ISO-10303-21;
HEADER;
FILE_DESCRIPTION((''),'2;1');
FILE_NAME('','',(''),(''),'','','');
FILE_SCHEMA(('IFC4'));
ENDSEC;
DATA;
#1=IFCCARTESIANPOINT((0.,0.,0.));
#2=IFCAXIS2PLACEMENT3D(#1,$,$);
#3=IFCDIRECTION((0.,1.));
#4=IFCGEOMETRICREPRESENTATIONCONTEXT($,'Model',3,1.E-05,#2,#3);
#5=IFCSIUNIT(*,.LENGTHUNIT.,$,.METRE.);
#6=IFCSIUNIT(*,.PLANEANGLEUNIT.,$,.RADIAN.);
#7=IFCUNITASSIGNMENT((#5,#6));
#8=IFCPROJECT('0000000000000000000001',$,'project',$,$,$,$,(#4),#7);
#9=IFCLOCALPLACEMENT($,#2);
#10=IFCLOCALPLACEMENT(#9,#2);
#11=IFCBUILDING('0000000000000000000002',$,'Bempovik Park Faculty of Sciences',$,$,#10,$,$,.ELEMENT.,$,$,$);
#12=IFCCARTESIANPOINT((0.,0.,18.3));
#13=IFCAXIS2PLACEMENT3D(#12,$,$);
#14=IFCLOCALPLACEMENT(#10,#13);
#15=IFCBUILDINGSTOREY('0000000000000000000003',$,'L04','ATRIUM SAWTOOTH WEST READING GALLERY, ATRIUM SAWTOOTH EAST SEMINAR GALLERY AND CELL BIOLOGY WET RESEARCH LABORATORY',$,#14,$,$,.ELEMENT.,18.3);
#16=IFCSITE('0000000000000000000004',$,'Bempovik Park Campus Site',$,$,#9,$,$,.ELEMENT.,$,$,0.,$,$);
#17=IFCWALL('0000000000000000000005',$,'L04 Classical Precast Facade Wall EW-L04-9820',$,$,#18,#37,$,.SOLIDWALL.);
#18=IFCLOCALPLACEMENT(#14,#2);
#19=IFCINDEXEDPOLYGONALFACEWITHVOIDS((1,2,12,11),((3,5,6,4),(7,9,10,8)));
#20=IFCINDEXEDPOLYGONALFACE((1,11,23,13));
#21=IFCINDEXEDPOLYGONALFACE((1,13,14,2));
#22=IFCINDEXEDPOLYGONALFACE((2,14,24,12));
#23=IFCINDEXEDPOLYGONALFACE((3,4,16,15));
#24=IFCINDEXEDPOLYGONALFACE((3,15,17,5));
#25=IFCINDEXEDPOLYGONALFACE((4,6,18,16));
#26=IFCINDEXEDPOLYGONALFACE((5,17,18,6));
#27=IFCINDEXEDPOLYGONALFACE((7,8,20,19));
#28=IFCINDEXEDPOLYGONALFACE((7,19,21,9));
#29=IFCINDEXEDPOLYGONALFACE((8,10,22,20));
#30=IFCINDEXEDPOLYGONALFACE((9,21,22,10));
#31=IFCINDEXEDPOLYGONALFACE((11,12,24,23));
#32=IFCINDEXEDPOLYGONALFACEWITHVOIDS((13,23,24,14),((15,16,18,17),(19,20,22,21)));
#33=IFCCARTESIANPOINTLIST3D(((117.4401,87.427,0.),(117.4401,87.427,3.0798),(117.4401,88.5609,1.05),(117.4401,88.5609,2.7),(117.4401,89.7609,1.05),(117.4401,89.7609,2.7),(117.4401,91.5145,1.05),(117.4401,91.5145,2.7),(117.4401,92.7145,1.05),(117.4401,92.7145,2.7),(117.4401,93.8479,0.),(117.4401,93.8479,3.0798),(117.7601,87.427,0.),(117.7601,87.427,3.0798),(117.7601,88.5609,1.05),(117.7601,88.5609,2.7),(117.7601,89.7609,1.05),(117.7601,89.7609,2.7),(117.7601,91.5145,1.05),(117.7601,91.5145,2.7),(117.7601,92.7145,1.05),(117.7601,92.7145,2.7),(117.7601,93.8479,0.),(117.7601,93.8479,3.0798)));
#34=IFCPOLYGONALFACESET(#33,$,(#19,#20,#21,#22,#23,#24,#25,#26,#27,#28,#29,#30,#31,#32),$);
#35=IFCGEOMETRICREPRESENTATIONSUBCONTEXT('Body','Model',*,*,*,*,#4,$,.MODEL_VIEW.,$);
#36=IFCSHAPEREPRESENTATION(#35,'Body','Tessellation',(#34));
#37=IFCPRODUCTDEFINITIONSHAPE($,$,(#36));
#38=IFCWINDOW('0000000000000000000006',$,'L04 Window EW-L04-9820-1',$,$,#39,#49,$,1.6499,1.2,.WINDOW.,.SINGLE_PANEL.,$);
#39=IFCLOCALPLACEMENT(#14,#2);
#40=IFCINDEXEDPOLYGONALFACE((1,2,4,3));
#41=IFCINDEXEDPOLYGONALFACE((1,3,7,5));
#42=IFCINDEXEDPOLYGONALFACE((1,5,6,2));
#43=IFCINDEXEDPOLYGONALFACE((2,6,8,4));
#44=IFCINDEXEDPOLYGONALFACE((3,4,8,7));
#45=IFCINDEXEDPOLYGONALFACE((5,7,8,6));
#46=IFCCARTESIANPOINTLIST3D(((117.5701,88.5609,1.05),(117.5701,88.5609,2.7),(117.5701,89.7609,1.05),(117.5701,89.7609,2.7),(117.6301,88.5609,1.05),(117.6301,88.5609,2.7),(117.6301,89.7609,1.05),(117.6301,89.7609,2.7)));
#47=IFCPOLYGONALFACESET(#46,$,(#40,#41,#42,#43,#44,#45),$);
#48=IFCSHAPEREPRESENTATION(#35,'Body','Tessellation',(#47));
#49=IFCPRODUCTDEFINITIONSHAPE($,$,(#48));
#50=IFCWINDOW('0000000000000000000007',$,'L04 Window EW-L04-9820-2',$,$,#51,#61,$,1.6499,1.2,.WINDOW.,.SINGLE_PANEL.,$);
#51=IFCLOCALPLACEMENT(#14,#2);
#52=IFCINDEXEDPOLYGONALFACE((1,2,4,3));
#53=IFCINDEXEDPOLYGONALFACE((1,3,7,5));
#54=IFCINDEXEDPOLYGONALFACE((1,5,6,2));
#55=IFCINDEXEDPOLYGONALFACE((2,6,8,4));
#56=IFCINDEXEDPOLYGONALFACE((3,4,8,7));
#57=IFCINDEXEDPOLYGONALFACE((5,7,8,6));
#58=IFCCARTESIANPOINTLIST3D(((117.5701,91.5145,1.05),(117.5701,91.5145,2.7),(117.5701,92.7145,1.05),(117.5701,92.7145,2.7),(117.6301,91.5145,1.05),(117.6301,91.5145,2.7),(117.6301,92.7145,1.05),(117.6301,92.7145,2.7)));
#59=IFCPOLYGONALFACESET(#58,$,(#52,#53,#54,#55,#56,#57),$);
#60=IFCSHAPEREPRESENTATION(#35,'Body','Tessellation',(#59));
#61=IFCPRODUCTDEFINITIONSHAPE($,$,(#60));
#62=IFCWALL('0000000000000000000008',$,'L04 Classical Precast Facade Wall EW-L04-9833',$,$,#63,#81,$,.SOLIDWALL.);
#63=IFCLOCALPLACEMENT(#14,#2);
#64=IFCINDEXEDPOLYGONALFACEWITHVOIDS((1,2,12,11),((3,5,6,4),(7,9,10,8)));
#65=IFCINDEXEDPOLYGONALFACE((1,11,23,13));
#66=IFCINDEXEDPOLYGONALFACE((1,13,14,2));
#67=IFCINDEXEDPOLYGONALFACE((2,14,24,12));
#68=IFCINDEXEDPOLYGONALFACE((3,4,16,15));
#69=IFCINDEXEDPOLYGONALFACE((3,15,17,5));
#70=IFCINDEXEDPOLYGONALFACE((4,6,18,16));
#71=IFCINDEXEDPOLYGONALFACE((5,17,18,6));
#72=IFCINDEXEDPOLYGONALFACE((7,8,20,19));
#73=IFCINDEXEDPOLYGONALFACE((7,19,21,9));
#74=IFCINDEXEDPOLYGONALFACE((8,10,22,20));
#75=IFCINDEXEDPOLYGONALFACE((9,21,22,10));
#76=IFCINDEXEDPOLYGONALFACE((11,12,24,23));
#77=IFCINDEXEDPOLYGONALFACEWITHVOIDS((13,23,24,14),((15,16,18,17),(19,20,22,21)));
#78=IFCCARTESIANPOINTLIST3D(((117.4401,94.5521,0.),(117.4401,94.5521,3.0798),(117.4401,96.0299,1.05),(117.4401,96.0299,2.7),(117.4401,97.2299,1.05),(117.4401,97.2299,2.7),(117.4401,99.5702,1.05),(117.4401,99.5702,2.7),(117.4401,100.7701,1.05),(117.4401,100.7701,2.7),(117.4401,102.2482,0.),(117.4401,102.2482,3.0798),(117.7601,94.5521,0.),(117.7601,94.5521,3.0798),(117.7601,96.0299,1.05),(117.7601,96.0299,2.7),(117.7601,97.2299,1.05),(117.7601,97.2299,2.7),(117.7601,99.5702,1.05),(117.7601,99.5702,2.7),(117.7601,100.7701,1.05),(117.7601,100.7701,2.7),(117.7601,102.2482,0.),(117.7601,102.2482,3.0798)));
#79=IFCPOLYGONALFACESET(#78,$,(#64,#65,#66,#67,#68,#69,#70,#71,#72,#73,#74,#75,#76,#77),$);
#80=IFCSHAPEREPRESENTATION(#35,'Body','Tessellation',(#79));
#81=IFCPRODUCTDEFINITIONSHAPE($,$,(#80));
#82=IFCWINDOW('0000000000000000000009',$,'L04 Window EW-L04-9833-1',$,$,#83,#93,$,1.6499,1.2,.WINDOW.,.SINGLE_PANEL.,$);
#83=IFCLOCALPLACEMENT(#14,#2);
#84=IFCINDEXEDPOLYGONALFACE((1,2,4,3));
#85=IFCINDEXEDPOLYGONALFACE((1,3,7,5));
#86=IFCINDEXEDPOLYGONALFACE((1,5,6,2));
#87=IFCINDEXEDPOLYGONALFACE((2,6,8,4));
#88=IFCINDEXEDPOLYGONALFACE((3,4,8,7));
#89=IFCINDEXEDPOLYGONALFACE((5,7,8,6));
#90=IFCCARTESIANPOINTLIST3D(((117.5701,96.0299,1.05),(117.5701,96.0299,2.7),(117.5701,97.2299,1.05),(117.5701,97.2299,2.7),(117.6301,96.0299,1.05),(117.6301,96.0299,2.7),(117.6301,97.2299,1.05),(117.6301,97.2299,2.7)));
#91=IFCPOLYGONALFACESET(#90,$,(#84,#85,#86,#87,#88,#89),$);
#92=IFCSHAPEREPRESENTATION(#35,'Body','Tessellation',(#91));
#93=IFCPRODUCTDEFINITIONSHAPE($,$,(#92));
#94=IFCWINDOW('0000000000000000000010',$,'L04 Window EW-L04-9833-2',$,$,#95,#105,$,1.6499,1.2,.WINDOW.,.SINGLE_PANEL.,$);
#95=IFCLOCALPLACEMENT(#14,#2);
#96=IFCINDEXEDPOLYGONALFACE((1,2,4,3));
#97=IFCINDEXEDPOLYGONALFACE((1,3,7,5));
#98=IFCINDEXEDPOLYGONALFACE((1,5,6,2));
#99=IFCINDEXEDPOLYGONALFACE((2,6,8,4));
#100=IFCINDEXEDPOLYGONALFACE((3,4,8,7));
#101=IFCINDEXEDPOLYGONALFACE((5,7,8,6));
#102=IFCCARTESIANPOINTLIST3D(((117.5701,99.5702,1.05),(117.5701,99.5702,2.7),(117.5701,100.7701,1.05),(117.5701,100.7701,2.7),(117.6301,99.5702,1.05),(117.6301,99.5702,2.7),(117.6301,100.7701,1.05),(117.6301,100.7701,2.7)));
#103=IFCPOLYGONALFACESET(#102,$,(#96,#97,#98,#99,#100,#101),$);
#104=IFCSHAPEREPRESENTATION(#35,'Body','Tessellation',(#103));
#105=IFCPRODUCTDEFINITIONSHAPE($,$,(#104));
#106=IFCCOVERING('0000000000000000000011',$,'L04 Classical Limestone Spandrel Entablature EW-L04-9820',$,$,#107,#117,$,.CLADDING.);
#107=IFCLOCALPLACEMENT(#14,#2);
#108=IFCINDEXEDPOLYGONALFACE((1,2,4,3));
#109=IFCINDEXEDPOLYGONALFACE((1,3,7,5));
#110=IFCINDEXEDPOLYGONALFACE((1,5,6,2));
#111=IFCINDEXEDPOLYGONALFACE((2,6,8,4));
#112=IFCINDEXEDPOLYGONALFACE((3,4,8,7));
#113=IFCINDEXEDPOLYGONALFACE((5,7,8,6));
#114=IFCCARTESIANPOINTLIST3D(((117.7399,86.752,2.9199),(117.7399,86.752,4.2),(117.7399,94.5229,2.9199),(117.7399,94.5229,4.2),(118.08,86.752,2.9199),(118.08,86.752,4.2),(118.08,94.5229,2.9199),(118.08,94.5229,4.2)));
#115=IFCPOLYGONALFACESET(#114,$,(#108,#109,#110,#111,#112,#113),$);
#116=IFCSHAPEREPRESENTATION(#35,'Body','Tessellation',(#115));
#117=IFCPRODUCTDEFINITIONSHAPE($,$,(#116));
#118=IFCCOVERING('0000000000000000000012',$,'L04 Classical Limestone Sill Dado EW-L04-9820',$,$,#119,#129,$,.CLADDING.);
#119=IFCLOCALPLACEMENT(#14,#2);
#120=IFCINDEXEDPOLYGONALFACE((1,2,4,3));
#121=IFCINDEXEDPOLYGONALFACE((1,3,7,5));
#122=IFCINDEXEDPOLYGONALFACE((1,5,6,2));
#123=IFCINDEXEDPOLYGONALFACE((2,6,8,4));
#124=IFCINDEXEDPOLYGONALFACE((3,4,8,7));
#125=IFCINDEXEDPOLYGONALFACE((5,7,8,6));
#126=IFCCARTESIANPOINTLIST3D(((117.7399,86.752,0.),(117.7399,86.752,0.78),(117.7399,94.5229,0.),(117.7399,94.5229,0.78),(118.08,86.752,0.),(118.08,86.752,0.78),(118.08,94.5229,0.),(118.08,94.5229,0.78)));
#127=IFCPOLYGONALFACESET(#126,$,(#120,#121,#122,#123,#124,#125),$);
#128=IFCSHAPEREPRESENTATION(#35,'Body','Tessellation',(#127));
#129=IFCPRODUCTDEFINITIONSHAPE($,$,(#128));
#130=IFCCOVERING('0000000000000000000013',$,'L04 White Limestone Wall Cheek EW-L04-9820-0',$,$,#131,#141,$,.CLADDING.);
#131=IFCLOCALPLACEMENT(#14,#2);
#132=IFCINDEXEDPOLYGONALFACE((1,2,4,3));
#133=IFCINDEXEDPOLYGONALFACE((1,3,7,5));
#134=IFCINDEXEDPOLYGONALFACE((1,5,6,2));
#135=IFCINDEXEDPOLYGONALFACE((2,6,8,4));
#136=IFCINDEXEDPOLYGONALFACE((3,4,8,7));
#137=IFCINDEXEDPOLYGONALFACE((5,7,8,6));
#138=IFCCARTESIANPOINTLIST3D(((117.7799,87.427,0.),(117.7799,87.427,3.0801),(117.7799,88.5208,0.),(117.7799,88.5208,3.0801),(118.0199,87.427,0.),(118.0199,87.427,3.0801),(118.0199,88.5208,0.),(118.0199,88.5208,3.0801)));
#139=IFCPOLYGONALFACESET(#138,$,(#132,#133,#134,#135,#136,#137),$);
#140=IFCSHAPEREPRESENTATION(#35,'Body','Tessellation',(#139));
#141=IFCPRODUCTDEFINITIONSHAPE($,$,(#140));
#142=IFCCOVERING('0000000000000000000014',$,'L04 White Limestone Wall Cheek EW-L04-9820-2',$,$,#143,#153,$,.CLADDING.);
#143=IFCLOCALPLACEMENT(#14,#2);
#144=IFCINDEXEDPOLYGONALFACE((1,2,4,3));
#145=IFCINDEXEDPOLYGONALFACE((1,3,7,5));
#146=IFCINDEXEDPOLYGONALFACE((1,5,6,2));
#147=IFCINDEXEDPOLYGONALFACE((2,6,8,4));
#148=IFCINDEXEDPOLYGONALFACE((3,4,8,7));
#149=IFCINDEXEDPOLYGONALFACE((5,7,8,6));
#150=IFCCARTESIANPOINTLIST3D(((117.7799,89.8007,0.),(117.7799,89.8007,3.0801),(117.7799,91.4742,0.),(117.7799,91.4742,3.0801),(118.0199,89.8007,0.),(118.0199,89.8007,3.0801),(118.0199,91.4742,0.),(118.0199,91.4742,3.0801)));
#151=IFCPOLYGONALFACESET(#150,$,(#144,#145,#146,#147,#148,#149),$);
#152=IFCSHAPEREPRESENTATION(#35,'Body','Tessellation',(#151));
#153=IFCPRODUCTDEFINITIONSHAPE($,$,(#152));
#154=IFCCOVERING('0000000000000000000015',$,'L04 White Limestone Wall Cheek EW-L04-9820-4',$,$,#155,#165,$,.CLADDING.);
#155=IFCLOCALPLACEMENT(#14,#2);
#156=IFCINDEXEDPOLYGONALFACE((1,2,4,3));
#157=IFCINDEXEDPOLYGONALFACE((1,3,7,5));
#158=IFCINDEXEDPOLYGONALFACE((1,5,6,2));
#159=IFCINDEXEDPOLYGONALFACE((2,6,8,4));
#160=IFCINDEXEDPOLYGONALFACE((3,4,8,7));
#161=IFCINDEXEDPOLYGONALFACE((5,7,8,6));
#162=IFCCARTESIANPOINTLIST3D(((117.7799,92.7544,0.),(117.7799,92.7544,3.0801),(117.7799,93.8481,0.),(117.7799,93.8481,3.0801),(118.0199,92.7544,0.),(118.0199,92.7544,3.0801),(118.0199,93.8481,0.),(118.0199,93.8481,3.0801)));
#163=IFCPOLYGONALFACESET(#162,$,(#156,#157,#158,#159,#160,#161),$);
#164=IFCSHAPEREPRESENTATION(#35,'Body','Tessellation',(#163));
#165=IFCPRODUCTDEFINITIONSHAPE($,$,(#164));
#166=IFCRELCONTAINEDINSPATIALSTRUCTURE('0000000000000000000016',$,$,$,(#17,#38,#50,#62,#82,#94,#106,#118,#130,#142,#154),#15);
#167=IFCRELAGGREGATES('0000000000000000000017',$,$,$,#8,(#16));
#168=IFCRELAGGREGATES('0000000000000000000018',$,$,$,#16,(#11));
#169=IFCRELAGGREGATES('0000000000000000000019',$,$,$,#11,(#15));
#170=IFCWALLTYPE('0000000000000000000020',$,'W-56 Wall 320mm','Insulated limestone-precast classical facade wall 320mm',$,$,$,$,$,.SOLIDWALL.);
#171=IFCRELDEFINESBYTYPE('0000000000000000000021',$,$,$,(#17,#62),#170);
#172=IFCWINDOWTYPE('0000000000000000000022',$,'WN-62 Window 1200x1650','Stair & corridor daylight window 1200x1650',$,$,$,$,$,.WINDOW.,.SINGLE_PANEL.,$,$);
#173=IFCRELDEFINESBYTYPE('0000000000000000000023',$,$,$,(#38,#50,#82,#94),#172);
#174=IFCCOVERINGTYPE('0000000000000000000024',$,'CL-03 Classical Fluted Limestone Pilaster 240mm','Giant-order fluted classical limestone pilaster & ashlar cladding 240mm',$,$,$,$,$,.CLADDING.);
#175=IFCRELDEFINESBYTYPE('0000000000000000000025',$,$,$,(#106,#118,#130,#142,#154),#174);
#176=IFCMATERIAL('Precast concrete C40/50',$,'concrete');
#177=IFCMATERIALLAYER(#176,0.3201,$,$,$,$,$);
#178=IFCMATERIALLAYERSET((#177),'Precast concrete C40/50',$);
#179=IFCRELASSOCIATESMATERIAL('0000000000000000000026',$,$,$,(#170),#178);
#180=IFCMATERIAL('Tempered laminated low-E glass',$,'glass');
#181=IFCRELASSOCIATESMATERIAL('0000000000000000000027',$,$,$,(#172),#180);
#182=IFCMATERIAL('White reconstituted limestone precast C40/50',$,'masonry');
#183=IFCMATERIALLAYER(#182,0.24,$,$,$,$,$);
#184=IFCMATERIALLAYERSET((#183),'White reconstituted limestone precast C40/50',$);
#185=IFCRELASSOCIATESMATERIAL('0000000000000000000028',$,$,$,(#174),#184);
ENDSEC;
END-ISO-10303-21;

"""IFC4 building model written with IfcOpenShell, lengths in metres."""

from ifc_helpers import new_model, si_unit, direction, frame, frame_2d, origin, origin_2d, place, context, subcontext, project, spatial, rectangle, extrude, material, layer, layer_set, type_object, element, fill, save


model = new_model("IFC4")

# Units and contexts
model_context = context("Model", 3, precision=1e-05, world=origin(), true_north=direction((0.0, 1.0)))
body_context = subcontext(model_context, "Body", "Model", "MODEL_VIEW")
ifc_project = project(units=[si_unit("LENGTHUNIT", "METRE"), si_unit("PLANEANGLEUNIT", "RADIAN")], contexts=[model_context])

# Site, building, storey
site_placement = place(None, origin())
site = spatial("IfcSite", under=ifc_project, at=site_placement, Name="Bempovik Park Campus Site", CompositionType="ELEMENT", RefElevation=0.0)
building_placement = place(site_placement, origin())
building = spatial("IfcBuilding", under=site, at=building_placement, Name="Bempovik Park Faculty of Sciences", CompositionType="ELEMENT")
storey_placement = place(building_placement, frame((0.0, 0.0, 18.3)))
storey = spatial("IfcBuildingStorey", under=building, at=storey_placement, Name="L04", Description="ATRIUM SAWTOOTH WEST READING GALLERY, ATRIUM SAWTOOTH EAST SEMINAR GALLERY AND CELL BIOLOGY WET RESEARCH LABORATORY", CompositionType="ELEMENT", Elevation=18.3)

# Walls, openings, windows
ifc_material_1 = material(Name="Precast concrete C40/50", Category="concrete")
ifc_layer_1 = layer(ifc_material_1, 0.3201)
ifc_layer_set_1 = layer_set([ifc_layer_1], Name="Precast concrete C40/50")
wall_type_1 = type_object("IfcWallType", Name="W-56 Wall 320mm", Description="Insulated limestone-precast classical facade wall 320mm", PredefinedType="SOLIDWALL", material=ifc_layer_set_1)
wall_1_placement = place(storey_placement, frame((117.6001, 87.427, 0.0), z_axis=(0.0, 0.0, 1.0), x_axis=(0.0, 1.0, 0.0)))
wall_1 = element("IfcWall", 1, at=wall_1_placement, inside=storey, type_object=wall_type_1, Name="L04 Classical Precast Facade Wall EW-L04-9820", PredefinedType="SOLIDWALL", context=body_context, shape_type="SweptSolid", body=[
    extrude(rectangle(XDim=6.4209, YDim=0.3201, at=frame_2d((3.2104, 0.0))), origin(), (0.0, 0.0, 1.0), 3.0798),
])
opening_1_placement = place(wall_1_placement, frame((1.1338, 0.0, 1.05)))
opening_1 = element("IfcOpeningElement", 2, at=opening_1_placement, cuts=wall_1, PredefinedType="OPENING", context=body_context, shape_type="SweptSolid", body=[
    extrude(rectangle(XDim=1.2, YDim=1.6499, at=frame_2d((0.6001, 0.825))), frame((0.0, 0.1699, 0.0), z_axis=(0.0, -1.0, 0.0), x_axis=(1.0, 0.0, 0.0)), (0.0, 0.0, 1.0), 0.3401),
])
opening_2_placement = place(wall_1_placement, frame((4.0874, 0.0, 1.05)))
opening_2 = element("IfcOpeningElement", 3, at=opening_2_placement, cuts=wall_1, PredefinedType="OPENING", context=body_context, shape_type="SweptSolid", body=[
    extrude(rectangle(XDim=1.2, YDim=1.6499, at=frame_2d((0.6001, 0.825))), frame((0.0, 0.1699, 0.0), z_axis=(0.0, -1.0, 0.0), x_axis=(1.0, 0.0, 0.0)), (0.0, 0.0, 1.0), 0.3401),
])
ifc_material_2 = material(Name="Tempered laminated low-E glass", Category="glass")
window_type = type_object("IfcWindowType", Name="WN-62 Window 1200x1650", Description="Stair & corridor daylight window 1200x1650", PartitioningType="SINGLE_PANEL", PredefinedType="WINDOW", material=ifc_material_2)
window_1_placement = place(opening_1_placement, origin())
window_1 = element("IfcWindow", 4, at=window_1_placement, inside=storey, type_object=window_type, Name="L04 Window EW-L04-9820-1", OverallHeight=1.6499, OverallWidth=1.2, PartitioningType="SINGLE_PANEL", PredefinedType="WINDOW", context=body_context, shape_type="SweptSolid", body=[
    extrude(rectangle(XDim=1.2, YDim=1.6499, at=frame_2d((0.6001, 0.825))), frame((0.0, 0.03, 0.0), z_axis=(0.0, -1.0, 0.0), x_axis=(1.0, 0.0, 0.0)), (0.0, 0.0, 1.0), 0.0601),
])
fill(opening_1, window_1)
window_2_placement = place(opening_2_placement, origin())
window_2 = element("IfcWindow", 5, at=window_2_placement, inside=storey, type_object=window_type, Name="L04 Window EW-L04-9820-2", OverallHeight=1.6499, OverallWidth=1.2, PartitioningType="SINGLE_PANEL", PredefinedType="WINDOW", context=body_context, shape_type="SweptSolid", body=[
    extrude(rectangle(XDim=1.2, YDim=1.6499, at=frame_2d((0.6001, 0.825))), frame((0.0, 0.03, 0.0), z_axis=(0.0, -1.0, 0.0), x_axis=(1.0, 0.0, 0.0)), (0.0, 0.0, 1.0), 0.0601),
])
fill(opening_2, window_2)
wall_2_placement = place(storey_placement, frame((117.6001, 94.552, 0.0), z_axis=(0.0, 0.0, 1.0), x_axis=(0.0, 1.0, 0.0)))
wall_2 = element("IfcWall", 6, at=wall_2_placement, inside=storey, type_object=wall_type_1, Name="L04 Classical Precast Facade Wall EW-L04-9833", PredefinedType="SOLIDWALL", context=body_context, shape_type="SweptSolid", body=[
    extrude(rectangle(XDim=7.696, YDim=0.3201, at=frame_2d((3.8481, 0.0))), origin(), (0.0, 0.0, 1.0), 3.0798),
])
opening_3_placement = place(wall_2_placement, frame((1.4778, 0.0, 1.05)))
opening_3 = element("IfcOpeningElement", 7, at=opening_3_placement, cuts=wall_2, PredefinedType="OPENING", context=body_context, shape_type="SweptSolid", body=[
    extrude(rectangle(XDim=1.2, YDim=1.6499, at=frame_2d((0.6001, 0.825))), frame((0.0, 0.1699, 0.0), z_axis=(0.0, -1.0, 0.0), x_axis=(1.0, 0.0, 0.0)), (0.0, 0.0, 1.0), 0.3401),
])
opening_4_placement = place(wall_2_placement, frame((5.0181, 0.0, 1.05)))
opening_4 = element("IfcOpeningElement", 8, at=opening_4_placement, cuts=wall_2, PredefinedType="OPENING", context=body_context, shape_type="SweptSolid", body=[
    extrude(rectangle(XDim=1.2, YDim=1.6499, at=frame_2d((0.6001, 0.825))), frame((0.0, 0.1699, 0.0), z_axis=(0.0, -1.0, 0.0), x_axis=(1.0, 0.0, 0.0)), (0.0, 0.0, 1.0), 0.3401),
])
window_3_placement = place(opening_3_placement, origin())
window_3 = element("IfcWindow", 9, at=window_3_placement, inside=storey, type_object=window_type, Name="L04 Window EW-L04-9833-1", OverallHeight=1.6499, OverallWidth=1.2, PartitioningType="SINGLE_PANEL", PredefinedType="WINDOW", context=body_context, shape_type="SweptSolid", body=[
    extrude(rectangle(XDim=1.2, YDim=1.6499, at=frame_2d((0.6001, 0.825))), frame((0.0, 0.03, 0.0), z_axis=(0.0, -1.0, 0.0), x_axis=(1.0, 0.0, 0.0)), (0.0, 0.0, 1.0), 0.0601),
])
fill(opening_3, window_3)
window_4_placement = place(opening_4_placement, origin())
window_4 = element("IfcWindow", 10, at=window_4_placement, inside=storey, type_object=window_type, Name="L04 Window EW-L04-9833-2", OverallHeight=1.6499, OverallWidth=1.2, PartitioningType="SINGLE_PANEL", PredefinedType="WINDOW", context=body_context, shape_type="SweptSolid", body=[
    extrude(rectangle(XDim=1.2, YDim=1.6499, at=frame_2d((0.6001, 0.825))), frame((0.0, 0.03, 0.0), z_axis=(0.0, -1.0, 0.0), x_axis=(1.0, 0.0, 0.0)), (0.0, 0.0, 1.0), 0.0601),
])
fill(opening_4, window_4)

# Coverings
ifc_material_3 = material(Name="White reconstituted limestone precast C40/50", Category="masonry")
ifc_layer_2 = layer(ifc_material_3, 0.24)
ifc_layer_set_2 = layer_set([ifc_layer_2], Name="White reconstituted limestone precast C40/50")
covering_type = type_object("IfcCoveringType", Name="CL-03 Classical Fluted Limestone Pilaster 240mm", Description="Giant-order fluted classical limestone pilaster & ashlar cladding 240mm", PredefinedType="CLADDING", material=ifc_layer_set_2)
covering_1_placement = place(storey_placement, frame((117.9099, 90.6375, 2.9199), z_axis=(0.0, 0.0, 1.0), x_axis=(1.0, 0.0, 0.0)))
element("IfcCovering", 11, at=covering_1_placement, inside=storey, type_object=covering_type, Name="L04 Classical Limestone Spandrel Entablature EW-L04-9820", PredefinedType="CLADDING", context=body_context, shape_type="SweptSolid", body=[
    extrude(rectangle(XDim=0.3401, YDim=7.771, at=origin_2d()), origin(), (0.0, 0.0, 1.0), 1.28),
])
covering_2_placement = place(storey_placement, frame((117.9099, 90.6375, 0.0), z_axis=(0.0, 0.0, 1.0), x_axis=(1.0, 0.0, 0.0)))
element("IfcCovering", 12, at=covering_2_placement, inside=storey, type_object=covering_type, Name="L04 Classical Limestone Sill Dado EW-L04-9820", PredefinedType="CLADDING", context=body_context, shape_type="SweptSolid", body=[
    extrude(rectangle(XDim=0.3401, YDim=7.771, at=origin_2d()), origin(), (0.0, 0.0, 1.0), 0.78),
])
covering_3_placement = place(storey_placement, frame((117.8999, 87.9739, 0.0), z_axis=(0.0, 0.0, 1.0), x_axis=(1.0, 0.0, 0.0)))
element("IfcCovering", 13, at=covering_3_placement, inside=storey, type_object=covering_type, Name="L04 White Limestone Wall Cheek EW-L04-9820-0", PredefinedType="CLADDING", context=body_context, shape_type="SweptSolid", body=[
    extrude(rectangle(XDim=0.24, YDim=1.0938, at=origin_2d()), origin(), (0.0, 0.0, 1.0), 3.0801),
])
covering_4_placement = place(storey_placement, frame((117.8999, 90.6375, 0.0), z_axis=(0.0, 0.0, 1.0), x_axis=(1.0, 0.0, 0.0)))
element("IfcCovering", 14, at=covering_4_placement, inside=storey, type_object=covering_type, Name="L04 White Limestone Wall Cheek EW-L04-9820-2", PredefinedType="CLADDING", context=body_context, shape_type="SweptSolid", body=[
    extrude(rectangle(XDim=0.24, YDim=1.6736, at=origin_2d()), origin(), (0.0, 0.0, 1.0), 3.0801),
])
covering_5_placement = place(storey_placement, frame((117.8999, 93.3013, 0.0), z_axis=(0.0, 0.0, 1.0), x_axis=(1.0, 0.0, 0.0)))
element("IfcCovering", 15, at=covering_5_placement, inside=storey, type_object=covering_type, Name="L04 White Limestone Wall Cheek EW-L04-9820-4", PredefinedType="CLADDING", context=body_context, shape_type="SweptSolid", body=[
    extrude(rectangle(XDim=0.24, YDim=1.0938, at=origin_2d()), origin(), (0.0, 0.0, 1.0), 3.0801),
])

save(model, "model.ifc")
